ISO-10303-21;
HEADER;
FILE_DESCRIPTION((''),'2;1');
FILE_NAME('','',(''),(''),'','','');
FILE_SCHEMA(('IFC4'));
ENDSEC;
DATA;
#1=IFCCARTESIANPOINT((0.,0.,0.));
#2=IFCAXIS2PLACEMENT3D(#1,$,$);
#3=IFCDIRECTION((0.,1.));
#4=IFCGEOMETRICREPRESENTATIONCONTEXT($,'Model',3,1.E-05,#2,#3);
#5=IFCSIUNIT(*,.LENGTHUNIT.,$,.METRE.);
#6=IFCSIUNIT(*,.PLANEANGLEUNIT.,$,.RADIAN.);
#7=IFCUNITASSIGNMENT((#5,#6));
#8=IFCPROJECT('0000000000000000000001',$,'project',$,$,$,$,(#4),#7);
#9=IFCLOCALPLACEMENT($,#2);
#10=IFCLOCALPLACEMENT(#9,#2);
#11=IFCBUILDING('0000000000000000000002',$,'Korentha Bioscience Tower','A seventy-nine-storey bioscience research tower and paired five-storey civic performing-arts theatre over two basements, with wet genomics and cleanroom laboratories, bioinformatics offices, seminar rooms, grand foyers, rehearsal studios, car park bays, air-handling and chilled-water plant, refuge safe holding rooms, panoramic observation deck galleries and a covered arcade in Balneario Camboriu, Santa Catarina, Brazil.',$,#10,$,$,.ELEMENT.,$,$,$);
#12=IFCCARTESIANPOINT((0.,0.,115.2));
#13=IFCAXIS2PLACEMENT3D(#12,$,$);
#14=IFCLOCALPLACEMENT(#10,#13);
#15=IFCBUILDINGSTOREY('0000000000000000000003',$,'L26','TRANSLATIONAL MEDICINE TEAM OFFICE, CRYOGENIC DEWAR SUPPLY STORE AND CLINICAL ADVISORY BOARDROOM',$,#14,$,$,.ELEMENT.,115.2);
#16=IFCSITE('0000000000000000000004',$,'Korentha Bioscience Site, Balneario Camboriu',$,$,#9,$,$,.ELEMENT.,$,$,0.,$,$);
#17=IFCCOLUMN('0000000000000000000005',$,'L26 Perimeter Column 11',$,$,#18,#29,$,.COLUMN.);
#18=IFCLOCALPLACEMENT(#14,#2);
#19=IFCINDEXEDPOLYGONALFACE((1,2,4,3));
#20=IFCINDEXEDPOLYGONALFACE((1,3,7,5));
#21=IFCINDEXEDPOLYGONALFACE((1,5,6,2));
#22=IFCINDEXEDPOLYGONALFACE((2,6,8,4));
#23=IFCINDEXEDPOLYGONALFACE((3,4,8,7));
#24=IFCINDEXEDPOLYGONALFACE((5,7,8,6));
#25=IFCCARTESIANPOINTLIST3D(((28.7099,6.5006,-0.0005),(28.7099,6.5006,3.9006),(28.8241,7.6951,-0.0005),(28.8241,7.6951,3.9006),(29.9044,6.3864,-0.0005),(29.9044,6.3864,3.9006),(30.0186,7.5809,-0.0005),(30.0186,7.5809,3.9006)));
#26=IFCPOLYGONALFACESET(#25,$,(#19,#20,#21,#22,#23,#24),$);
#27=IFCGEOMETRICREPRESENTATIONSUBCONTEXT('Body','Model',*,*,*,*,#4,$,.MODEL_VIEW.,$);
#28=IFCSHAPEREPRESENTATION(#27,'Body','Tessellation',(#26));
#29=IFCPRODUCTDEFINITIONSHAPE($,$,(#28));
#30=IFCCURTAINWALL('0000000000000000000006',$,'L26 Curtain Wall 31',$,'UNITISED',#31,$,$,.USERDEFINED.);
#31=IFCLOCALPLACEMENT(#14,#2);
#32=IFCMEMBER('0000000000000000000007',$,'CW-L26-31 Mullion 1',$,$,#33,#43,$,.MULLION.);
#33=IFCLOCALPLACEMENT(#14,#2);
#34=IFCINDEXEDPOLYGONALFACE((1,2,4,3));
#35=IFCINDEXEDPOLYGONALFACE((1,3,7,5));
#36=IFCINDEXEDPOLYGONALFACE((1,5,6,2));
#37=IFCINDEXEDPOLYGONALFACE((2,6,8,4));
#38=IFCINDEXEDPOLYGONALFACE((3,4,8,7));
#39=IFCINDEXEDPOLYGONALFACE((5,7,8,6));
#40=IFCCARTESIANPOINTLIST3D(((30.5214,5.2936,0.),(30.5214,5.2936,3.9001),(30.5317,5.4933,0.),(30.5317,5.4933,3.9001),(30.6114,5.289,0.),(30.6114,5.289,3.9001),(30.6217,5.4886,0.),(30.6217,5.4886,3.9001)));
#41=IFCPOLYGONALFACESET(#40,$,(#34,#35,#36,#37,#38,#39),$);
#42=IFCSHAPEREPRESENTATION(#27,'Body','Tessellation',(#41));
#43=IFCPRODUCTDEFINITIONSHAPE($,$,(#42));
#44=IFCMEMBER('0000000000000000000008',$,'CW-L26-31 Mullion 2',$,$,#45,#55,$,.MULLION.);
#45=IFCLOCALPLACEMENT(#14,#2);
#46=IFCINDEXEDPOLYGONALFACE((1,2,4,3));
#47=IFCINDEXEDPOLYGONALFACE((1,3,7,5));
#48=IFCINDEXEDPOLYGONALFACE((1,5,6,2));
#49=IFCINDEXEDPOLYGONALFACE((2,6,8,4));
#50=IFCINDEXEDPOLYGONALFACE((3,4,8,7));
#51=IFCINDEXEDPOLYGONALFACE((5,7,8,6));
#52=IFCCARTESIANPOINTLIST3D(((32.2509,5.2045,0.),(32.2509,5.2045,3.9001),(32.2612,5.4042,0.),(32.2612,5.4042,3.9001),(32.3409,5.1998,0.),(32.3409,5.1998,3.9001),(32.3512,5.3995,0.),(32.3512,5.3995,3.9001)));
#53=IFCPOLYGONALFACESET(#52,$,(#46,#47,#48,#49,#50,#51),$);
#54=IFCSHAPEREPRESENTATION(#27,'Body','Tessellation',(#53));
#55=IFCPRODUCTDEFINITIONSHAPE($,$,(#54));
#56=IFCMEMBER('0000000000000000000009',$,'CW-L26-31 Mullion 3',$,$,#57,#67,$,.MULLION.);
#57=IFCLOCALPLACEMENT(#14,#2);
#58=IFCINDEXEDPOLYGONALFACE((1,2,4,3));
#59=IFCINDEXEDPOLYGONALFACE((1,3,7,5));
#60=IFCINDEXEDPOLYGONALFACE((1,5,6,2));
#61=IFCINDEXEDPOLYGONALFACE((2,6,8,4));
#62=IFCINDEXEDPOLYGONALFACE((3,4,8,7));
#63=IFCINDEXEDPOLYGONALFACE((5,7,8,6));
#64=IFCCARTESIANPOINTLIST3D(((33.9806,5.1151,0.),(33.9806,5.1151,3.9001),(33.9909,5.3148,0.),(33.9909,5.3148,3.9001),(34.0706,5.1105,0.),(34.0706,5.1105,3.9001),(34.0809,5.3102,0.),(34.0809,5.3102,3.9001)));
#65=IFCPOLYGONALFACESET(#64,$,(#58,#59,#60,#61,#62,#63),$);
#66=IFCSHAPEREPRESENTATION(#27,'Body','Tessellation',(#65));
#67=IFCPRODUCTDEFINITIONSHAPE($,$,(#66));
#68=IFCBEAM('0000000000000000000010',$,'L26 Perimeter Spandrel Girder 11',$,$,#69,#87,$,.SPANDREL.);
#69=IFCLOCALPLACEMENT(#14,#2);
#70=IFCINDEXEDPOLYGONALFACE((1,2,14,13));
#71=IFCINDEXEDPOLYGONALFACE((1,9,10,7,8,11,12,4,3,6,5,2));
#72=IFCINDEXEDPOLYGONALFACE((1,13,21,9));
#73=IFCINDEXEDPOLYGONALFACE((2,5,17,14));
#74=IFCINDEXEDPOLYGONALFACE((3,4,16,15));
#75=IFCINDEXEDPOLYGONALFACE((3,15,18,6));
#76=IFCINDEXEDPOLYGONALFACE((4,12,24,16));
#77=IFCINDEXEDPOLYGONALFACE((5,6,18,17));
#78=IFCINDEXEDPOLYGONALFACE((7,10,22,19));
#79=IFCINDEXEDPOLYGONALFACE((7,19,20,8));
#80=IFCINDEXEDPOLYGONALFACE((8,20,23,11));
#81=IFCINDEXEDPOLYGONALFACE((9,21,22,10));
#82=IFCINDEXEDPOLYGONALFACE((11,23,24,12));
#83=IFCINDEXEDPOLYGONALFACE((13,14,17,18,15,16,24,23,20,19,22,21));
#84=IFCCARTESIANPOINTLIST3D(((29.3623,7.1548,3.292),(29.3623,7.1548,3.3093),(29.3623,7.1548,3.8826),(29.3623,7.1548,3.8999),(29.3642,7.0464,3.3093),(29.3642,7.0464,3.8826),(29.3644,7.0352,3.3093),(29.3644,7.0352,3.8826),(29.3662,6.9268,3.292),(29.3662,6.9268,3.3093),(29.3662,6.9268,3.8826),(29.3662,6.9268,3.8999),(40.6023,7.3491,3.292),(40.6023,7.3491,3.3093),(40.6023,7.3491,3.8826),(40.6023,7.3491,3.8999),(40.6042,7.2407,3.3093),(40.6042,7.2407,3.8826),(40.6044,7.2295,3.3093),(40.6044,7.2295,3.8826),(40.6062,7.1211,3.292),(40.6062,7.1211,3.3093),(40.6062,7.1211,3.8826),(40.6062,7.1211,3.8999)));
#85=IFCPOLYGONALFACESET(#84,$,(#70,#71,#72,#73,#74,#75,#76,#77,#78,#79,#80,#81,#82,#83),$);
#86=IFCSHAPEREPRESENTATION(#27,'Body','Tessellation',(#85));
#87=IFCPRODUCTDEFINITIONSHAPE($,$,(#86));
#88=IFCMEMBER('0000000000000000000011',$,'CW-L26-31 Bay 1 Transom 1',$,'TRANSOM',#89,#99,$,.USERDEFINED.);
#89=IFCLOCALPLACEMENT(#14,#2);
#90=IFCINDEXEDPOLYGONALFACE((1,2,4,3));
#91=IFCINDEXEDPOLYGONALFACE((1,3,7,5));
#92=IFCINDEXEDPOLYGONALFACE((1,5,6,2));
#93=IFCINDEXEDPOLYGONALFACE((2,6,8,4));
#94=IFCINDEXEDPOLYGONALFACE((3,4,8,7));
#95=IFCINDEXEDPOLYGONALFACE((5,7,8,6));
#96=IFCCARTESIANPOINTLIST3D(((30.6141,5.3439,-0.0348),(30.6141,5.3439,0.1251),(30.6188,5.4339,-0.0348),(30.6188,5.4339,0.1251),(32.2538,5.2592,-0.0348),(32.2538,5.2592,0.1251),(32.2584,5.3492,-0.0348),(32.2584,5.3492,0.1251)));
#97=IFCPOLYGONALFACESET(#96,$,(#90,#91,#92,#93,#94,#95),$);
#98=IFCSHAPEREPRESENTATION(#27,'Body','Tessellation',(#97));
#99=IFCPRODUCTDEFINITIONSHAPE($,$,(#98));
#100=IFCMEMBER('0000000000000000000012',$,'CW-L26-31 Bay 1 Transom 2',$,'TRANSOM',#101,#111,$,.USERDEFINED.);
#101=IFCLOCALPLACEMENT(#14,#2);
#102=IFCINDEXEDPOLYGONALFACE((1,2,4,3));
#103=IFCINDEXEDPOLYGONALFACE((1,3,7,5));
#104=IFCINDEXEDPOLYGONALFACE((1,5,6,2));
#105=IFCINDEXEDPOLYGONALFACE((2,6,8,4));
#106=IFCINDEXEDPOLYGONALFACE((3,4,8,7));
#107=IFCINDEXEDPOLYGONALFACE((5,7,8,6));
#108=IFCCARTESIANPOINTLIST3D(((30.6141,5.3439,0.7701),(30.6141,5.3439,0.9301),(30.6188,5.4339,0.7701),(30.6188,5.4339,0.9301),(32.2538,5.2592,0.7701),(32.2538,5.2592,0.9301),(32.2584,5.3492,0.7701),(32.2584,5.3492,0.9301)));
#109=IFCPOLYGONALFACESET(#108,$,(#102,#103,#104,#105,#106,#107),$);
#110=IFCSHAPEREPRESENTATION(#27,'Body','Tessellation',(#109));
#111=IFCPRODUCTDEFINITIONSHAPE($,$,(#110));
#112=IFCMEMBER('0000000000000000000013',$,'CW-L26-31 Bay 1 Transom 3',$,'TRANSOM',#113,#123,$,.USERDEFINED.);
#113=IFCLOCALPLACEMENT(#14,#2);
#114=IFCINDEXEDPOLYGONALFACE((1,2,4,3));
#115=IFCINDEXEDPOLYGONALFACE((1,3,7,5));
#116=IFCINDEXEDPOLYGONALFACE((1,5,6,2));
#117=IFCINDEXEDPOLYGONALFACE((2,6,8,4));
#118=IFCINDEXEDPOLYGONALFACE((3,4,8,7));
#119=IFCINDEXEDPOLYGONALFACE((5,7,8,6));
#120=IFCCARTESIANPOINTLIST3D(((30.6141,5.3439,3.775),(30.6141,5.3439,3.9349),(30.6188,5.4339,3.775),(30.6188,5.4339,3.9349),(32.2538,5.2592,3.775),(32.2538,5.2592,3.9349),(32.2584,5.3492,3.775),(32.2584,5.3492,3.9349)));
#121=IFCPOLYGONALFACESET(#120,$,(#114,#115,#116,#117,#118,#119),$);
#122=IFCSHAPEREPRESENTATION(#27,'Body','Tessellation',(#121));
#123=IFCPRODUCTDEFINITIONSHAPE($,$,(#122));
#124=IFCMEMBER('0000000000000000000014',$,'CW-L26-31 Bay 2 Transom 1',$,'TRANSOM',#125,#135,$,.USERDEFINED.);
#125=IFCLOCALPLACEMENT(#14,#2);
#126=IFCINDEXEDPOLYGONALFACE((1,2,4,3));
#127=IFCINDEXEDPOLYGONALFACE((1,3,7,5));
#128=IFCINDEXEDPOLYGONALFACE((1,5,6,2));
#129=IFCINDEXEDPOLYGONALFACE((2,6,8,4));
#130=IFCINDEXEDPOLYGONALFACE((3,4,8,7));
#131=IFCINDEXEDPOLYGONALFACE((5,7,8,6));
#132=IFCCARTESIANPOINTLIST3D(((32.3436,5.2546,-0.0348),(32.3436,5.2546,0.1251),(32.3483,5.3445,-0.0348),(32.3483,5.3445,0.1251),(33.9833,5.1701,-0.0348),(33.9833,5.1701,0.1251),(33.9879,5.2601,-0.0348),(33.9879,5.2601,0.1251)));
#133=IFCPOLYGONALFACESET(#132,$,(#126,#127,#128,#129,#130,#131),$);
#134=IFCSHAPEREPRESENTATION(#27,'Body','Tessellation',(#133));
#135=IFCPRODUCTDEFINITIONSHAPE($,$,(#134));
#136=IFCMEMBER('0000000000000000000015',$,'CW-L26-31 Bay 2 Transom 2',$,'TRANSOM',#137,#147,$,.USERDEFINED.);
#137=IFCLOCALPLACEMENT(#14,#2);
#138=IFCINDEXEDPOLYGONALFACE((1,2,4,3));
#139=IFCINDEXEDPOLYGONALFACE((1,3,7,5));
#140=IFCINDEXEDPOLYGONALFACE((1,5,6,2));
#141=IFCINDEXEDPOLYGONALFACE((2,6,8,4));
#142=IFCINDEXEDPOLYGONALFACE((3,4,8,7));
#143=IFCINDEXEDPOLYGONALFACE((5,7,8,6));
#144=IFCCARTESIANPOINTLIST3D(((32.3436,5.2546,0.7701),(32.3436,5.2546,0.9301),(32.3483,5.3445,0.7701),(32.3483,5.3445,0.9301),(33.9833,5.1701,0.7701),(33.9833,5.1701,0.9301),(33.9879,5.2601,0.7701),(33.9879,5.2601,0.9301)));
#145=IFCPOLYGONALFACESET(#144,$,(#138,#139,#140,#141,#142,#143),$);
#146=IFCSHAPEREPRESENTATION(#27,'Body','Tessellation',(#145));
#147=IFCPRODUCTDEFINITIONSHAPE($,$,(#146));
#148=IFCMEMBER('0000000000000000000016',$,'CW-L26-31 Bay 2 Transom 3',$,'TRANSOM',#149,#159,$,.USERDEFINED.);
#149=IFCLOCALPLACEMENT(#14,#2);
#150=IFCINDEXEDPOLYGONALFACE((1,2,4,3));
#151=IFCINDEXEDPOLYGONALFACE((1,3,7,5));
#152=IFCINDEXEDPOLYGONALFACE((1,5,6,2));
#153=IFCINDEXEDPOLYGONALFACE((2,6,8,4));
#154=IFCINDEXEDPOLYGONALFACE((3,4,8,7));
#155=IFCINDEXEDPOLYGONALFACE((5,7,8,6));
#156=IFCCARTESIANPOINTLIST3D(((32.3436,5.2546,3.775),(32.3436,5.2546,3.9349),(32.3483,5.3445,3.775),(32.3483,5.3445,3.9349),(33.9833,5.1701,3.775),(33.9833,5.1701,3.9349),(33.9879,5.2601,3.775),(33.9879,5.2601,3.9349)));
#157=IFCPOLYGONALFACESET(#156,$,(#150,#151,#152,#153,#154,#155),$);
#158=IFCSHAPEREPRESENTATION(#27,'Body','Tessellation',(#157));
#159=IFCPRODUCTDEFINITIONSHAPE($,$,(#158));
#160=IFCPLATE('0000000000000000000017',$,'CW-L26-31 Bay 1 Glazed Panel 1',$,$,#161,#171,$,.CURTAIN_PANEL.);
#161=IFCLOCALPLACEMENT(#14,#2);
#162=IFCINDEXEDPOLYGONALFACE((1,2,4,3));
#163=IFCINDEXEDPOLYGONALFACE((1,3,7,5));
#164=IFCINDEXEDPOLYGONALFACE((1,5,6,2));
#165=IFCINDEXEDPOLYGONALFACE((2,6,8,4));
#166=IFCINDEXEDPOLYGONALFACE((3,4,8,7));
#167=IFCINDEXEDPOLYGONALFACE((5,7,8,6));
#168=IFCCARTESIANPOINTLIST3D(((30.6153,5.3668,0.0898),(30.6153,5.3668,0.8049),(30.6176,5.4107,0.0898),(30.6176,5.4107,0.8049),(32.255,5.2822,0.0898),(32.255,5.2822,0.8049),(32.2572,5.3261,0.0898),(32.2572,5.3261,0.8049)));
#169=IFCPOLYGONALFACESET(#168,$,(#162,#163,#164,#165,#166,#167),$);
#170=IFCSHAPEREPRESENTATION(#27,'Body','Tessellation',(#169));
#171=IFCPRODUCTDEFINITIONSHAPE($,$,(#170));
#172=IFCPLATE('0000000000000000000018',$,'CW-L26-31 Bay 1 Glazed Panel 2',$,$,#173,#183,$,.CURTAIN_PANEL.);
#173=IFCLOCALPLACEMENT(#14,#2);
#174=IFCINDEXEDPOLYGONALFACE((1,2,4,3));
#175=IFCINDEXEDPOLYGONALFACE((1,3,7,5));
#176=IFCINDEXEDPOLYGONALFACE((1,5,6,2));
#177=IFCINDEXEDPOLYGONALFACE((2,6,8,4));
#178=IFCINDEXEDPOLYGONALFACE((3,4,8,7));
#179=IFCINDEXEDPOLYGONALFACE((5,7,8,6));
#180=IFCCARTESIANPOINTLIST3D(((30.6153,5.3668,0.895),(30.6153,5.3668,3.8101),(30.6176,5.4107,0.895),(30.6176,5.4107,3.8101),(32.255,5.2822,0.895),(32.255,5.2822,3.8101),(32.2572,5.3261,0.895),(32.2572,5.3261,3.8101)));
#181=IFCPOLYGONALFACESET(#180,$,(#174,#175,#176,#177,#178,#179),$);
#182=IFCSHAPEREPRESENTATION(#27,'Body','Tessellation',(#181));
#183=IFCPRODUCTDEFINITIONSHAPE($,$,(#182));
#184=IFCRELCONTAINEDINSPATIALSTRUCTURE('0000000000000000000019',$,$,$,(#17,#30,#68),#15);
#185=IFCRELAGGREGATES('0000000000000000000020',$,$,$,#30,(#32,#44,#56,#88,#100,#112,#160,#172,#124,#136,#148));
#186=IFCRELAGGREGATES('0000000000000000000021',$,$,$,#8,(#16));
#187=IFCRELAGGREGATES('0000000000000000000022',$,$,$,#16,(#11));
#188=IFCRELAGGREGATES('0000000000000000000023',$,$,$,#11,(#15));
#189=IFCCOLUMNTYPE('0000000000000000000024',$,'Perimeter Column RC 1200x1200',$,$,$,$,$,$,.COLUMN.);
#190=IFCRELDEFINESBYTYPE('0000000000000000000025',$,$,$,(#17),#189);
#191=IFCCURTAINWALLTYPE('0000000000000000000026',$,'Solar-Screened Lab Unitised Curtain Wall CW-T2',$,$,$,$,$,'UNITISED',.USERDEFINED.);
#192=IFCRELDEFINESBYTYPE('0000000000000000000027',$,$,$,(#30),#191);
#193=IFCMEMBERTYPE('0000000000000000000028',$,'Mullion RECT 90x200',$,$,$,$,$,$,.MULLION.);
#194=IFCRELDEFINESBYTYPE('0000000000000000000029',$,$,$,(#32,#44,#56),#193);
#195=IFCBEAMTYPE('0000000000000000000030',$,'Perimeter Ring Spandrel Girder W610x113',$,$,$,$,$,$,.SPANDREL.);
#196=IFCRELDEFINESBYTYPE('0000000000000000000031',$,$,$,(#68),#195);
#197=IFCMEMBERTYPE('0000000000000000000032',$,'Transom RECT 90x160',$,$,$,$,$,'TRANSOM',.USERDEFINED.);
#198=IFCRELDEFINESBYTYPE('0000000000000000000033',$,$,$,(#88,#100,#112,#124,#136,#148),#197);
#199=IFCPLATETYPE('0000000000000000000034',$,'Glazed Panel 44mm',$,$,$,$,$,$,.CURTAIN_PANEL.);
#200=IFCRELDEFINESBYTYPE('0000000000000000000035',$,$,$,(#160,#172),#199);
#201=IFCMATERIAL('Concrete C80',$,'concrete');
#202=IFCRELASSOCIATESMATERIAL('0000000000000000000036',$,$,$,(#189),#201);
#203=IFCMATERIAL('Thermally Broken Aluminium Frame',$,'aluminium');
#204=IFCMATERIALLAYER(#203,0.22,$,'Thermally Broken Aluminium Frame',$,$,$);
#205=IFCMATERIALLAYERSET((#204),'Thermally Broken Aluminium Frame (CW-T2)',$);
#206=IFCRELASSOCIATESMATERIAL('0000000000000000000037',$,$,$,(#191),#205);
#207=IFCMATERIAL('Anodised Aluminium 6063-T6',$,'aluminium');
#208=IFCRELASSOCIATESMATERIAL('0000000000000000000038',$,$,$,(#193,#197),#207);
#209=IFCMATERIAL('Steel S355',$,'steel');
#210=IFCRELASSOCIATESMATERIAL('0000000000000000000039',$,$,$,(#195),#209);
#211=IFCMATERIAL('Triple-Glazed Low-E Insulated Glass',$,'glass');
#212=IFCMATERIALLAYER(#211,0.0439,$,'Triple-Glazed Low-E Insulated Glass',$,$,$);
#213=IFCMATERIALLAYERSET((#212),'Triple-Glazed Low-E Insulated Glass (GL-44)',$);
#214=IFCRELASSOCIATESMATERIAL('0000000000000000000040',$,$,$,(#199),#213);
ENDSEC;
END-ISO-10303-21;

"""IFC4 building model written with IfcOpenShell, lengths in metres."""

from ifc_helpers import new_model, si_unit, direction, frame, origin, origin_2d, place, context, subcontext, project, spatial, rectangle, i_section, extrude, material, layer, layer_set, material_profile, profile_set, type_object, element, aggregate, save


model = new_model("IFC4")

# Units and contexts
model_context = context("Model", 3, precision=1e-05, world=origin(), true_north=direction((0.0, 1.0)))
body_context = subcontext(model_context, "Body", "Model", "MODEL_VIEW")
ifc_project = project(units=[si_unit("LENGTHUNIT", "METRE"), si_unit("PLANEANGLEUNIT", "RADIAN")], contexts=[model_context])

# Site, building, storey
site_placement = place(None, origin())
site = spatial("IfcSite", under=ifc_project, at=site_placement, Name="Korentha Bioscience Site, Balneario Camboriu", CompositionType="ELEMENT", RefElevation=0.0)
building_placement = place(site_placement, origin())
building = spatial("IfcBuilding", under=site, at=building_placement, Name="Korentha Bioscience Tower", Description="A seventy-nine-storey bioscience research tower and paired five-storey civic performing-arts theatre over two basements, with wet genomics and cleanroom laboratories, bioinformatics offices, seminar rooms, grand foyers, rehearsal studios, car park bays, air-handling and chilled-water plant, refuge safe holding rooms, panoramic observation deck galleries and a covered arcade in Balneario Camboriu, Santa Catarina, Brazil.", CompositionType="ELEMENT")
storey_placement = place(building_placement, frame((0.0, 0.0, 115.2)))
storey = spatial("IfcBuildingStorey", under=building, at=storey_placement, Name="L26", Description="TRANSLATIONAL MEDICINE TEAM OFFICE, CRYOGENIC DEWAR SUPPLY STORE AND CLINICAL ADVISORY BOARDROOM", CompositionType="ELEMENT", Elevation=115.2)

# Column
ifc_material_1 = material(Name="Concrete C80", Category="concrete")
ifc_material_profile_1 = material_profile(ifc_material_1, rectangle(XDim=1.2, YDim=1.2, at=origin_2d()), Name="Concrete C80")
ifc_profile_set_1 = profile_set([ifc_material_profile_1], Name="Concrete C80 (COL-P12)")
column_type = type_object("IfcColumnType", Name="Perimeter Column RC 1200x1200", PredefinedType="COLUMN", material=ifc_profile_set_1)
column_placement = place(storey_placement, frame((29.3643, 7.0408, -0.0005), z_axis=(0.0, 0.0, 1.0), x_axis=(-0.995463, 0.095151, 0.0)))
element("IfcColumn", 1, at=column_placement, inside=storey, type_object=column_type, Name="L26 Perimeter Column 11", PredefinedType="COLUMN", context=body_context, shape_type="SweptSolid", body=[
    extrude(rectangle(XDim=1.2, YDim=1.2, at=origin_2d()), origin(), (0.0, 0.0, 1.0), 3.9011),
])

# Curtain wall, members
ifc_material_2 = material(Name="Thermally Broken Aluminium Frame", Category="aluminium")
ifc_layer_1 = layer(ifc_material_2, 0.22, Name="Thermally Broken Aluminium Frame")
ifc_layer_set_1 = layer_set([ifc_layer_1], Name="Thermally Broken Aluminium Frame (CW-T2)")
curtain_wall_type = type_object("IfcCurtainWallType", Name="Solar-Screened Lab Unitised Curtain Wall CW-T2", ElementType="UNITISED", PredefinedType="USERDEFINED", material=ifc_layer_set_1)
curtain_wall_placement = place(storey_placement, origin())
curtain_wall = element("IfcCurtainWall", 2, at=curtain_wall_placement, inside=storey, type_object=curtain_wall_type, Name="L26 Curtain Wall 31", ObjectType="UNITISED", PredefinedType="USERDEFINED")
ifc_material_3 = material(Name="Anodised Aluminium 6063-T6", Category="aluminium")
ifc_material_profile_2 = material_profile(ifc_material_3, rectangle(XDim=0.0901, YDim=0.2, at=origin_2d()), Name="Anodised Aluminium 6063-T6")
ifc_profile_set_2 = profile_set([ifc_material_profile_2], Name="Anodised Aluminium 6063-T6 (CW-MUL)")
member_type_1 = type_object("IfcMemberType", Name="Mullion RECT 90x200", PredefinedType="MULLION", material=ifc_profile_set_2)
member_1_placement = place(storey_placement, frame((30.5715, 5.3911, 0.0), z_axis=(0.0, 0.0, 1.0), x_axis=(0.998673, -0.051495, 0.0)))
member_1 = element("IfcMember", 3, at=member_1_placement, type_object=member_type_1, Name="CW-L26-31 Mullion 1", PredefinedType="MULLION", context=body_context, shape_type="SweptSolid", body=[
    extrude(rectangle(XDim=0.0901, YDim=0.2, at=origin_2d()), origin(), (0.0, 0.0, 1.0), 3.9001),
])
member_2_placement = place(storey_placement, frame((32.301, 5.302, 0.0), z_axis=(0.0, 0.0, 1.0), x_axis=(0.998673, -0.051495, 0.0)))
member_2 = element("IfcMember", 4, at=member_2_placement, type_object=member_type_1, Name="CW-L26-31 Mullion 2", PredefinedType="MULLION", context=body_context, shape_type="SweptSolid", body=[
    extrude(rectangle(XDim=0.0901, YDim=0.2, at=origin_2d()), origin(), (0.0, 0.0, 1.0), 3.9001),
])
member_3_placement = place(storey_placement, frame((34.0308, 5.2126, 0.0), z_axis=(0.0, 0.0, 1.0), x_axis=(0.998673, -0.051495, 0.0)))
member_3 = element("IfcMember", 5, at=member_3_placement, type_object=member_type_1, Name="CW-L26-31 Mullion 3", PredefinedType="MULLION", context=body_context, shape_type="SweptSolid", body=[
    extrude(rectangle(XDim=0.0901, YDim=0.2, at=origin_2d()), origin(), (0.0, 0.0, 1.0), 3.9001),
])

# Beam
ifc_material_4 = material(Name="Steel S355", Category="steel")
ifc_material_profile_3 = material_profile(ifc_material_4, i_section(OverallWidth=0.228, OverallDepth=0.6079, WebThickness=0.0112, FlangeThickness=0.0173, at=origin_2d()), Name="Steel S355")
ifc_profile_set_3 = profile_set([ifc_material_profile_3], Name="Steel S355 (SB-610)")
beam_type = type_object("IfcBeamType", Name="Perimeter Ring Spandrel Girder W610x113", PredefinedType="SPANDREL", material=ifc_profile_set_3)
beam_placement = place(storey_placement, frame((29.3643, 7.0408, 3.5959), z_axis=(0.999851, 0.017287, 0.0), x_axis=(-0.017287, 0.999851, 0.0)))
element("IfcBeam", 6, at=beam_placement, inside=storey, type_object=beam_type, Name="L26 Perimeter Spandrel Girder 11", PredefinedType="SPANDREL", context=body_context, shape_type="SweptSolid", body=[
    extrude(i_section(OverallWidth=0.228, OverallDepth=0.6079, WebThickness=0.0112, FlangeThickness=0.0173, at=origin_2d()), origin(), (0.0, 0.0, 1.0), 11.2417),
])

# Members
ifc_material_profile_4 = material_profile(ifc_material_3, rectangle(XDim=0.0901, YDim=0.1599, at=origin_2d()), Name="Anodised Aluminium 6063-T6")
ifc_profile_set_4 = profile_set([ifc_material_profile_4], Name="Anodised Aluminium 6063-T6 (CW-TRN)")
member_type_2 = type_object("IfcMemberType", Name="Transom RECT 90x160", ElementType="TRANSOM", PredefinedType="USERDEFINED", material=ifc_profile_set_4)
member_4_placement = place(storey_placement, frame((30.6165, 5.3889, 0.0452), z_axis=(0.998668, -0.051599, 0.0), x_axis=(0.051599, 0.998668, 0.0)))
member_4 = element("IfcMember", 7, at=member_4_placement, type_object=member_type_2, Name="CW-L26-31 Bay 1 Transom 1", ObjectType="TRANSOM", PredefinedType="USERDEFINED", context=body_context, shape_type="SweptSolid", body=[
    extrude(rectangle(XDim=0.0901, YDim=0.1599, at=origin_2d()), origin(), (0.0, 0.0, 1.0), 1.6418),
])
member_5_placement = place(storey_placement, frame((30.6165, 5.3889, 0.8501), z_axis=(0.998668, -0.051599, 0.0), x_axis=(0.051599, 0.998668, 0.0)))
member_5 = element("IfcMember", 8, at=member_5_placement, type_object=member_type_2, Name="CW-L26-31 Bay 1 Transom 2", ObjectType="TRANSOM", PredefinedType="USERDEFINED", context=body_context, shape_type="SweptSolid", body=[
    extrude(rectangle(XDim=0.0901, YDim=0.1599, at=origin_2d()), origin(), (0.0, 0.0, 1.0), 1.6418),
])
member_6_placement = place(storey_placement, frame((30.6165, 5.3889, 3.855), z_axis=(0.998668, -0.051599, 0.0), x_axis=(0.051599, 0.998668, 0.0)))
member_6 = element("IfcMember", 9, at=member_6_placement, type_object=member_type_2, Name="CW-L26-31 Bay 1 Transom 3", ObjectType="TRANSOM", PredefinedType="USERDEFINED", context=body_context, shape_type="SweptSolid", body=[
    extrude(rectangle(XDim=0.0901, YDim=0.1599, at=origin_2d()), origin(), (0.0, 0.0, 1.0), 1.6418),
])
member_7_placement = place(storey_placement, frame((32.3459, 5.2996, 0.0452), z_axis=(0.998676, -0.051451, 0.0), x_axis=(0.051451, 0.998676, 0.0)))
member_7 = element("IfcMember", 10, at=member_7_placement, type_object=member_type_2, Name="CW-L26-31 Bay 2 Transom 1", ObjectType="TRANSOM", PredefinedType="USERDEFINED", context=body_context, shape_type="SweptSolid", body=[
    extrude(rectangle(XDim=0.0901, YDim=0.1599, at=origin_2d()), origin(), (0.0, 0.0, 1.0), 1.6418),
])
member_8_placement = place(storey_placement, frame((32.3459, 5.2996, 0.8501), z_axis=(0.998676, -0.051451, 0.0), x_axis=(0.051451, 0.998676, 0.0)))
member_8 = element("IfcMember", 11, at=member_8_placement, type_object=member_type_2, Name="CW-L26-31 Bay 2 Transom 2", ObjectType="TRANSOM", PredefinedType="USERDEFINED", context=body_context, shape_type="SweptSolid", body=[
    extrude(rectangle(XDim=0.0901, YDim=0.1599, at=origin_2d()), origin(), (0.0, 0.0, 1.0), 1.6418),
])
member_9_placement = place(storey_placement, frame((32.3459, 5.2996, 3.855), z_axis=(0.998676, -0.051451, 0.0), x_axis=(0.051451, 0.998676, 0.0)))
member_9 = element("IfcMember", 12, at=member_9_placement, type_object=member_type_2, Name="CW-L26-31 Bay 2 Transom 3", ObjectType="TRANSOM", PredefinedType="USERDEFINED", context=body_context, shape_type="SweptSolid", body=[
    extrude(rectangle(XDim=0.0901, YDim=0.1599, at=origin_2d()), origin(), (0.0, 0.0, 1.0), 1.6418),
])

# Plates
ifc_material_5 = material(Name="Triple-Glazed Low-E Insulated Glass", Category="glass")
ifc_layer_2 = layer(ifc_material_5, 0.0439, Name="Triple-Glazed Low-E Insulated Glass")
ifc_layer_set_2 = layer_set([ifc_layer_2], Name="Triple-Glazed Low-E Insulated Glass (GL-44)")
plate_type = type_object("IfcPlateType", Name="Glazed Panel 44mm", PredefinedType="CURTAIN_PANEL", material=ifc_layer_set_2)
plate_1_placement = place(storey_placement, frame((31.4363, 5.3464, 0.0898), z_axis=(0.0, 0.0, 1.0), x_axis=(0.998673, -0.051495, 0.0)))
plate_1 = element("IfcPlate", 13, at=plate_1_placement, type_object=plate_type, Name="CW-L26-31 Bay 1 Glazed Panel 1", PredefinedType="CURTAIN_PANEL", context=body_context, shape_type="SweptSolid", body=[
    extrude(rectangle(XDim=1.6418, YDim=0.0439, at=origin_2d()), origin(), (0.0, 0.0, 1.0), 0.7151),
])
plate_2_placement = place(storey_placement, frame((31.4363, 5.3464, 0.895), z_axis=(0.0, 0.0, 1.0), x_axis=(0.998673, -0.051495, 0.0)))
plate_2 = element("IfcPlate", 14, at=plate_2_placement, type_object=plate_type, Name="CW-L26-31 Bay 1 Glazed Panel 2", PredefinedType="CURTAIN_PANEL", context=body_context, shape_type="SweptSolid", body=[
    extrude(rectangle(XDim=1.6418, YDim=0.0439, at=origin_2d()), origin(), (0.0, 0.0, 1.0), 2.915),
])
aggregate(curtain_wall, [member_1, member_2, member_3, member_4, member_5, member_6, plate_1, plate_2, member_7, member_8, member_9])

save(model, "model.ifc")
